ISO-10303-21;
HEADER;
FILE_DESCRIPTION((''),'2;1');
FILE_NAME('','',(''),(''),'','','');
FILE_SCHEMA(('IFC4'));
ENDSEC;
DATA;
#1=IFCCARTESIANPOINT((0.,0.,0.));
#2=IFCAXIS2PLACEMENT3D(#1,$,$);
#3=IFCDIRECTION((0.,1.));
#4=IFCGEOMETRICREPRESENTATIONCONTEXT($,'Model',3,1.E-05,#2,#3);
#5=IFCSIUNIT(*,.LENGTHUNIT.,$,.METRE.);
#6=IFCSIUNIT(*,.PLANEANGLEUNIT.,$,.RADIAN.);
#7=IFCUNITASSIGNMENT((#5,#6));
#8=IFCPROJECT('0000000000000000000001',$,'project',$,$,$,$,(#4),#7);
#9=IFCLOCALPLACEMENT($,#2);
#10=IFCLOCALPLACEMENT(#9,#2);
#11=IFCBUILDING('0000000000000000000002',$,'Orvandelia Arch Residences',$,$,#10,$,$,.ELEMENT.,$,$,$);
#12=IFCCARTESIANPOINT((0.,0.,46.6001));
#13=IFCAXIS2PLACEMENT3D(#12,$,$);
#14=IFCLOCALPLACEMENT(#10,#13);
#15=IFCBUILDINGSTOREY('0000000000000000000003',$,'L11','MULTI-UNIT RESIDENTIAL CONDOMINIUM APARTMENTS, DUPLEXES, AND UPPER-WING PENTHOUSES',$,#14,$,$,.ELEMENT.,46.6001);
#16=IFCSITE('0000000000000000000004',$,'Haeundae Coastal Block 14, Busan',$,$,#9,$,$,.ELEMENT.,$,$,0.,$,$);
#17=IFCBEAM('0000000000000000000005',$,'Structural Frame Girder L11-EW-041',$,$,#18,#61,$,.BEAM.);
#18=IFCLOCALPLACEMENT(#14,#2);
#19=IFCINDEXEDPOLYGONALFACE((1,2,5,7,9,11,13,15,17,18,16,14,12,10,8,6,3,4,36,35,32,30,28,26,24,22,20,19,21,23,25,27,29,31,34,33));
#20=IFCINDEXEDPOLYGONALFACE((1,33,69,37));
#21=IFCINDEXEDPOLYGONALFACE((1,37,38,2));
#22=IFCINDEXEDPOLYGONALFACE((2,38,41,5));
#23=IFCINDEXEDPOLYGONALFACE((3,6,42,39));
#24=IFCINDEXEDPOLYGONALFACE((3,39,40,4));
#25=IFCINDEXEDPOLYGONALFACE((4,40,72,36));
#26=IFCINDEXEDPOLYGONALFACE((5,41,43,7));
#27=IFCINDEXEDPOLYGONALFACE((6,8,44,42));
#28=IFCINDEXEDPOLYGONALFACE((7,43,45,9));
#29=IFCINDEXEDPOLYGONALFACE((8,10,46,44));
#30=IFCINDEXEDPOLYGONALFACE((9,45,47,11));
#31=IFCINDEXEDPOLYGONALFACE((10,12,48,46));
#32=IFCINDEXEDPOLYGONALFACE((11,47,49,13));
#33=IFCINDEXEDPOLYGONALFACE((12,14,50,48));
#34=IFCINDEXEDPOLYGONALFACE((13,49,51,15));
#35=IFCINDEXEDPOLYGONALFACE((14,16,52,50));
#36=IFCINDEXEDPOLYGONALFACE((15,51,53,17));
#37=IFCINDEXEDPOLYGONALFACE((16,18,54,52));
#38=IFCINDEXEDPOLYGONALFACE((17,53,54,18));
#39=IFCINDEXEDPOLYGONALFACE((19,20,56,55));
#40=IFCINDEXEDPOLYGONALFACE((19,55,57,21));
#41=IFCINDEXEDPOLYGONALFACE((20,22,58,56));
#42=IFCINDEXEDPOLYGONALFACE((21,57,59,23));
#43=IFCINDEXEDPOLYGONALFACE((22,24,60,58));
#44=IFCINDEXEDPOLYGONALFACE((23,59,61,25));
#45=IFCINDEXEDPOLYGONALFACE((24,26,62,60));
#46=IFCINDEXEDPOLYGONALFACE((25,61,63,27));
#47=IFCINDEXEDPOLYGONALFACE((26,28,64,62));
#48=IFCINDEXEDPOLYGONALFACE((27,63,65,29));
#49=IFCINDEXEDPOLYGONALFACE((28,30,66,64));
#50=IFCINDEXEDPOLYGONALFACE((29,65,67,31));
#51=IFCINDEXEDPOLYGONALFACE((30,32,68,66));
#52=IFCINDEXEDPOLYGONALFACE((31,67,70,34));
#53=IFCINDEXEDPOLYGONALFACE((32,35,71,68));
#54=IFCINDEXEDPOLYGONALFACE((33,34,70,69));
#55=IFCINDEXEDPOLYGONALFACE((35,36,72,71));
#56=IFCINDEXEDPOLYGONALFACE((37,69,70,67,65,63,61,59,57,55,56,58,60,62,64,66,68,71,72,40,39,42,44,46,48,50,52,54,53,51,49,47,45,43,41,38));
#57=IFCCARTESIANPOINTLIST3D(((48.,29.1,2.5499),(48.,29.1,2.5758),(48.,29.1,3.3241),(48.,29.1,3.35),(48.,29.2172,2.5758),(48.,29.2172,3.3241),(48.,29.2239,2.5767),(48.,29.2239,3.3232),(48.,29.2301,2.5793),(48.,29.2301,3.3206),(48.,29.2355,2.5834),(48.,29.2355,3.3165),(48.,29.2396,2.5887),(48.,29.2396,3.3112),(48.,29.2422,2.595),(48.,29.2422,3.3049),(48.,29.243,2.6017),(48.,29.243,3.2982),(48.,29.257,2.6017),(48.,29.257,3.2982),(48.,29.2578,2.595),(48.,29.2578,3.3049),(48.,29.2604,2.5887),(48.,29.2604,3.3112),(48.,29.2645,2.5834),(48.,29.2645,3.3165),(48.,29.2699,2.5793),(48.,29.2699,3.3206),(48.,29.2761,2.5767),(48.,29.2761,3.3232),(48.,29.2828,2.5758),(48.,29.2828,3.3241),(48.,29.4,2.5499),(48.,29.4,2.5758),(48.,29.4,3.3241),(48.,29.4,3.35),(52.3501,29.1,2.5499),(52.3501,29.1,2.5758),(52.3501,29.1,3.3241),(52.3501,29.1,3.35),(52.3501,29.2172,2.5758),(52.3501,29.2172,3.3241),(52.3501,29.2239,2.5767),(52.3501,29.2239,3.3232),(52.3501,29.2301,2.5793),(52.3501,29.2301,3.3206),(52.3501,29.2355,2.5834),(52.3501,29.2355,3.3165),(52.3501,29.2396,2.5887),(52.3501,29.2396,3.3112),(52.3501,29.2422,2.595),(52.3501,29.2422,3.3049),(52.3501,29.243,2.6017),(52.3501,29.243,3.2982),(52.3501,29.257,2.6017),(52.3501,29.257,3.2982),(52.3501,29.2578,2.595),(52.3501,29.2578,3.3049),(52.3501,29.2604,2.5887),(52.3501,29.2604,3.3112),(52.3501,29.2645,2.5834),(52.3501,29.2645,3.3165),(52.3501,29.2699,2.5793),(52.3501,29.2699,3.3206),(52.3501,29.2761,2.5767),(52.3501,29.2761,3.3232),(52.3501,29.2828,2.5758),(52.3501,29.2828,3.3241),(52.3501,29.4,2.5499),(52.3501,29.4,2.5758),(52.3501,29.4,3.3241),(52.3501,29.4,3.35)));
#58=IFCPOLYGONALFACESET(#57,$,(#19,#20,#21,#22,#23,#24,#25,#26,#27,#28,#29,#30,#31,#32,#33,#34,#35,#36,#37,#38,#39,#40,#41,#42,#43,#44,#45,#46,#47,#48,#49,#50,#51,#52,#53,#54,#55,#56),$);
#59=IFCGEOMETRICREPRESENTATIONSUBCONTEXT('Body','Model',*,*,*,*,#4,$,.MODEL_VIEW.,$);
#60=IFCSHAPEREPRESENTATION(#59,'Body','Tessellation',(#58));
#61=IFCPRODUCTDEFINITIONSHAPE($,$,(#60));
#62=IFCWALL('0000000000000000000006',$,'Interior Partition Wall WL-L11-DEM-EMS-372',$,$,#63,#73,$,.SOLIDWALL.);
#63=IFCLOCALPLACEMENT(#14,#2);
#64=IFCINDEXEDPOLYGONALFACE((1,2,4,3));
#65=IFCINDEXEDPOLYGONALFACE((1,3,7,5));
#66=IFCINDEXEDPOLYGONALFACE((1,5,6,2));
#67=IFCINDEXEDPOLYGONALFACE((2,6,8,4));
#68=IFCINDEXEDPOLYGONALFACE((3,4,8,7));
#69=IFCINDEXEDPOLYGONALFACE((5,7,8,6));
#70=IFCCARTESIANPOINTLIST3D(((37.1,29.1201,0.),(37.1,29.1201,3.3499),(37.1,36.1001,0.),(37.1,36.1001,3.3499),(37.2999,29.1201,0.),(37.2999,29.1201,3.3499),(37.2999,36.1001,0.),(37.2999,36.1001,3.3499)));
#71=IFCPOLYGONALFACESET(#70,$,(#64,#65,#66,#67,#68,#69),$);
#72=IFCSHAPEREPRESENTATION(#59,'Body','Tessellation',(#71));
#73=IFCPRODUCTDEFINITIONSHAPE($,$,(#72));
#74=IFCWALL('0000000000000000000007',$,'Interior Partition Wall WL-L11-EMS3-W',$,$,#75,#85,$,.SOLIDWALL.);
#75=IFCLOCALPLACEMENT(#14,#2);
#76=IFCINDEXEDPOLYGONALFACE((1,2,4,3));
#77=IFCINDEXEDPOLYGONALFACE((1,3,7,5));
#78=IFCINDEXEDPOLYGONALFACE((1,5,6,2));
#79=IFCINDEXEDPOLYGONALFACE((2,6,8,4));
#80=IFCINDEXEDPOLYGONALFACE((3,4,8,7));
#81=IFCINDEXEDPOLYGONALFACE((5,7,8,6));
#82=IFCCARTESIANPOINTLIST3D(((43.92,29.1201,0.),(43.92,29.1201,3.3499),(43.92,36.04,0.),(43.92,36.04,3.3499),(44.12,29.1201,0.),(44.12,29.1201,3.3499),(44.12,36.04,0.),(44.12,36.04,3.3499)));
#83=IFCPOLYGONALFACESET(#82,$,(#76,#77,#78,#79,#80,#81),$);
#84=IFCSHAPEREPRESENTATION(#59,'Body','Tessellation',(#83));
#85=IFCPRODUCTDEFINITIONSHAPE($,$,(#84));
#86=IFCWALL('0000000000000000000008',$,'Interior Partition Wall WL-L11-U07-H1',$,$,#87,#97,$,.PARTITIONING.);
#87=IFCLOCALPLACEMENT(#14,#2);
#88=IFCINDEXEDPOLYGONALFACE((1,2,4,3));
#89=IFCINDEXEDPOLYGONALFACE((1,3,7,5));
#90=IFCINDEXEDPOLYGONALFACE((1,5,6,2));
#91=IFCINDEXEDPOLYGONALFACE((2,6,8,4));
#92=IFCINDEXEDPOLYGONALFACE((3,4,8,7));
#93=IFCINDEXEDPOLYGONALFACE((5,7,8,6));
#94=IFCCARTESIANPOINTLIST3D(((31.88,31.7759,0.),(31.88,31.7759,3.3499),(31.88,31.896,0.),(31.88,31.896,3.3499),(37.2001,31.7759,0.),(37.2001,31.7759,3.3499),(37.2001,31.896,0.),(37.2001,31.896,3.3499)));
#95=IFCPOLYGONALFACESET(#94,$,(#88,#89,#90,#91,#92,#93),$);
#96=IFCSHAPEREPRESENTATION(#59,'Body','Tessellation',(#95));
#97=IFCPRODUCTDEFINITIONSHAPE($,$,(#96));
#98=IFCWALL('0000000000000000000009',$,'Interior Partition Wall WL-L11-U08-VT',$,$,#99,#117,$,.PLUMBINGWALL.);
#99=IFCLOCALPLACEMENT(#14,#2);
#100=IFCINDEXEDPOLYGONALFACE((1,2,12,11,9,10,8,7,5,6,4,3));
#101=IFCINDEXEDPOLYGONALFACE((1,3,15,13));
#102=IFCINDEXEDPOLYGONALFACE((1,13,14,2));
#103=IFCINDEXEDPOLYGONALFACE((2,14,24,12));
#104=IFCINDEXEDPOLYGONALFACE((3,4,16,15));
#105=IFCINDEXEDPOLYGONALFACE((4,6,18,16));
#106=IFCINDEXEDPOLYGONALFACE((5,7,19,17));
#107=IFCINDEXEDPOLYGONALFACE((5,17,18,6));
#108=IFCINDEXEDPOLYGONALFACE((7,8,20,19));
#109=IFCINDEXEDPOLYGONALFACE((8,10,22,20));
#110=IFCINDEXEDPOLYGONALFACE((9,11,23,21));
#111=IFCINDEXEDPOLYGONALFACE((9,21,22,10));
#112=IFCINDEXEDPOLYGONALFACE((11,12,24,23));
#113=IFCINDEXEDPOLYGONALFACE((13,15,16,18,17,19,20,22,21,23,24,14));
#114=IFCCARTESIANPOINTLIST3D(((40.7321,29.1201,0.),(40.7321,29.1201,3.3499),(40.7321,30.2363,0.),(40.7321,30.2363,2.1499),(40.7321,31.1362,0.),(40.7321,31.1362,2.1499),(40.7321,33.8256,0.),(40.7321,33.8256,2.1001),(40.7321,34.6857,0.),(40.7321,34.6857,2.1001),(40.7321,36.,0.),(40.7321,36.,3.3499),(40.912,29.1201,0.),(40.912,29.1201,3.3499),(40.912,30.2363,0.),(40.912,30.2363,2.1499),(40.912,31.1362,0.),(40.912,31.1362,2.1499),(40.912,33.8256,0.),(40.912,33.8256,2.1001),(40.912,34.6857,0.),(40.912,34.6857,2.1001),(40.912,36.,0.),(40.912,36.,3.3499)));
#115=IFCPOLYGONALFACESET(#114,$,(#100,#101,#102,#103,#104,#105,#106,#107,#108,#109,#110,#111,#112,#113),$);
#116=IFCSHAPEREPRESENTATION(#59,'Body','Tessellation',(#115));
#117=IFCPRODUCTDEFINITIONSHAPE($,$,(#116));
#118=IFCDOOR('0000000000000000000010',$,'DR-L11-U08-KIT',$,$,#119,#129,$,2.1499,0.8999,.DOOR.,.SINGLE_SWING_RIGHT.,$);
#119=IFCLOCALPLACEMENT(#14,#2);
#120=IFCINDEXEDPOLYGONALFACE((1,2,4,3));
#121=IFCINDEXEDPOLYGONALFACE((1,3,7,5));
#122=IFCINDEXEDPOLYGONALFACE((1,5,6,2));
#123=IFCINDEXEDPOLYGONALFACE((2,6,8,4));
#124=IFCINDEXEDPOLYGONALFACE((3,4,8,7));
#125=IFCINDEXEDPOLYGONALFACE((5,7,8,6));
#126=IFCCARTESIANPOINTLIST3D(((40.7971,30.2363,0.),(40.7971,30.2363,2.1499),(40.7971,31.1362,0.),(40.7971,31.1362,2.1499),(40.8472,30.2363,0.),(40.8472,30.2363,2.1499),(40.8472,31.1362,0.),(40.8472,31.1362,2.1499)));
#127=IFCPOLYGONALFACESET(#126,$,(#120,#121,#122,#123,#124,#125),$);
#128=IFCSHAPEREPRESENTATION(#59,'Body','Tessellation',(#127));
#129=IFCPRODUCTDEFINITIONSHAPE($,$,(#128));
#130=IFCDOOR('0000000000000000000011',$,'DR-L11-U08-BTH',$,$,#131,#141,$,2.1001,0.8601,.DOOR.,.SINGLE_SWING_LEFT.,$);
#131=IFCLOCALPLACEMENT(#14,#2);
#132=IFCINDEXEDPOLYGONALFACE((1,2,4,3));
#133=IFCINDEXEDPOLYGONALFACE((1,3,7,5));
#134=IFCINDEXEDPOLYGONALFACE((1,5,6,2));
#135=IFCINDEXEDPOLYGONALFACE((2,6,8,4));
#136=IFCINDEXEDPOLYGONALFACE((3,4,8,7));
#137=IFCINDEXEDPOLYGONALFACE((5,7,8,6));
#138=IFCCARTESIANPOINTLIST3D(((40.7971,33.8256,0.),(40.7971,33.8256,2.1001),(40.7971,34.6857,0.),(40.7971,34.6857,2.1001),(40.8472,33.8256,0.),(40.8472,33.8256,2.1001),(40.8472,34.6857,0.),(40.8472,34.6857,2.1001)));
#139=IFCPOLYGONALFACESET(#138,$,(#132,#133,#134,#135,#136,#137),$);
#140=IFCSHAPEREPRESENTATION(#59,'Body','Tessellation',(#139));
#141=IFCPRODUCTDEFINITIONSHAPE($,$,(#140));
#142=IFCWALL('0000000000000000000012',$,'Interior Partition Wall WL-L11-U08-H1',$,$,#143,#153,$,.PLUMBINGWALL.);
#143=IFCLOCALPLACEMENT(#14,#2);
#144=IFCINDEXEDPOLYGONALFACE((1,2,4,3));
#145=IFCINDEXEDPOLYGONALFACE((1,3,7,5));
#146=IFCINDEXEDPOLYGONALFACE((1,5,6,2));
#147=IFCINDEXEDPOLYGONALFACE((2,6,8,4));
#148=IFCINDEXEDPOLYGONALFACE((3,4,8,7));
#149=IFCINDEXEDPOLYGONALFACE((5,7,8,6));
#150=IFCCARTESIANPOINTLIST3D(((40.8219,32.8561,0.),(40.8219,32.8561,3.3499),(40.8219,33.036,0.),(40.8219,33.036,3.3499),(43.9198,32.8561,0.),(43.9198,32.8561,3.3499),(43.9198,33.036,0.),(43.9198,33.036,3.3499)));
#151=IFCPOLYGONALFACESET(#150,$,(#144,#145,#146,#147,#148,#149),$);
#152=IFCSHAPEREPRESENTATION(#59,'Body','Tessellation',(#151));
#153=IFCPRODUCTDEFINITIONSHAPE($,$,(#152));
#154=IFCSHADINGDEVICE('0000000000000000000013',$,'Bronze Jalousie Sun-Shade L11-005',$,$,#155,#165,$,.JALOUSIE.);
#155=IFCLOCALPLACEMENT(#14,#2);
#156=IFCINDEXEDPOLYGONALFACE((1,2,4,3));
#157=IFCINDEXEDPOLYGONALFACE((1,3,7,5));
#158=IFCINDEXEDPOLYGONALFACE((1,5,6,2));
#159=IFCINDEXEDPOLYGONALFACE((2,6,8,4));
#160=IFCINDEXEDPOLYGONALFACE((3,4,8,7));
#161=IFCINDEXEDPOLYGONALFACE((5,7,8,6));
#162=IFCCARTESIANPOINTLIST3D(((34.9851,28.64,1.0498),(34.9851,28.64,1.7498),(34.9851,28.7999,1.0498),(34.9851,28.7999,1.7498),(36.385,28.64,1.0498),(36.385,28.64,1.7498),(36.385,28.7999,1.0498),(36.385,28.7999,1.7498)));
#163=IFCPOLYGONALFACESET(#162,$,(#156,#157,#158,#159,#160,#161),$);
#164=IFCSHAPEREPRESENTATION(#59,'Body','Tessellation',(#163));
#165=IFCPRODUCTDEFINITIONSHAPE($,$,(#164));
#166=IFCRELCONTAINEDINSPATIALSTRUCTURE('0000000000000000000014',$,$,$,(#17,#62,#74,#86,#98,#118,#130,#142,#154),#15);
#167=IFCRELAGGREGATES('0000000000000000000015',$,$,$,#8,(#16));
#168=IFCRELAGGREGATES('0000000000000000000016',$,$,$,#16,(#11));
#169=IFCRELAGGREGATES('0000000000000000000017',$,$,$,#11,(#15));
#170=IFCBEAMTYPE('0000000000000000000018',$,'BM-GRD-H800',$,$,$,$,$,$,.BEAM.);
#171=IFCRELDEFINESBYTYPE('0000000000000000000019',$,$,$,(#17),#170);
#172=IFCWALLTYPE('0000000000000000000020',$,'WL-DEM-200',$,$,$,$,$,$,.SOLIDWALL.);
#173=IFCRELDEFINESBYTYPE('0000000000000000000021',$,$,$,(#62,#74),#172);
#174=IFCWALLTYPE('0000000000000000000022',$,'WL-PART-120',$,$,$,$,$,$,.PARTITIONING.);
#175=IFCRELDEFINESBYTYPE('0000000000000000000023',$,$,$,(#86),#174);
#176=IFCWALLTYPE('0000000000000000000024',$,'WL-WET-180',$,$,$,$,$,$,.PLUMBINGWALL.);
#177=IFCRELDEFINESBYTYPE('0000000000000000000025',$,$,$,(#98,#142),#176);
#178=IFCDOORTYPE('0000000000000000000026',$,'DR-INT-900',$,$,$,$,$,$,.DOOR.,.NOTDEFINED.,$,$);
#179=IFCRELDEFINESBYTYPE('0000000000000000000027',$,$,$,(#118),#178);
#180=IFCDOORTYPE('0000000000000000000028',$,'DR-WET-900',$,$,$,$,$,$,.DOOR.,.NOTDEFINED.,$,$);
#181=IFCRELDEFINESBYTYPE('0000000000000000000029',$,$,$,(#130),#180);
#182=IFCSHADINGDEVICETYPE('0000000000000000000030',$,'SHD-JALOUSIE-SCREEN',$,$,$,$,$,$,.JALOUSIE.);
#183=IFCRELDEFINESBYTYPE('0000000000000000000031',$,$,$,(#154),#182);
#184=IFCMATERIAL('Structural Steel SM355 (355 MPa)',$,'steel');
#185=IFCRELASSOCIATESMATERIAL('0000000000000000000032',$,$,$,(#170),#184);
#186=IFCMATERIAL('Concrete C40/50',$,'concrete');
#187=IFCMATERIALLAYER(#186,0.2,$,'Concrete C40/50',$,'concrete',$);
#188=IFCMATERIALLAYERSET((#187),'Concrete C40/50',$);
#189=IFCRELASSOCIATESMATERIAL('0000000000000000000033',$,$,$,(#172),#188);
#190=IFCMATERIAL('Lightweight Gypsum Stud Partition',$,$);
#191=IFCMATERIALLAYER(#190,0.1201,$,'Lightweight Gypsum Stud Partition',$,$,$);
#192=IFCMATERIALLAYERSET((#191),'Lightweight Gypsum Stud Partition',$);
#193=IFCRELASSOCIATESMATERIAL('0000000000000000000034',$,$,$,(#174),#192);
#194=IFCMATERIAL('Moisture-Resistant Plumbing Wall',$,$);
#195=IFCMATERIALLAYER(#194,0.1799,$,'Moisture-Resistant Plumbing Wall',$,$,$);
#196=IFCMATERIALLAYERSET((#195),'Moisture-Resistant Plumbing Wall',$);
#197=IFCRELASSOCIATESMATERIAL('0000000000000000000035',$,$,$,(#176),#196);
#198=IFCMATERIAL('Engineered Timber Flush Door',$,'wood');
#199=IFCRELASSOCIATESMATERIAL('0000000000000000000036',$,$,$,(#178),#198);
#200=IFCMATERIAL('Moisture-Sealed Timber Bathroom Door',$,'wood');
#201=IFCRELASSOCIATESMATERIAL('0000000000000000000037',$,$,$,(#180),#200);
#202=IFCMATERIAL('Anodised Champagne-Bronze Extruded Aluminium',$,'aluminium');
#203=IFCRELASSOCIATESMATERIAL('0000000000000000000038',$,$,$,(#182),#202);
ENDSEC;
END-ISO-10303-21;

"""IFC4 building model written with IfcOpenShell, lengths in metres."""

from ifc_helpers import new_model, si_unit, direction, frame, frame_2d, origin, origin_2d, place, context, subcontext, project, spatial, rectangle, i_section, extrude, material, layer, layer_set, material_profile, profile_set, type_object, element, fill, save


model = new_model("IFC4")

# Units and contexts
model_context = context("Model", 3, precision=1e-05, world=origin(), true_north=direction((0.0, 1.0)))
body_context = subcontext(model_context, "Body", "Model", "MODEL_VIEW")
ifc_project = project(units=[si_unit("LENGTHUNIT", "METRE"), si_unit("PLANEANGLEUNIT", "RADIAN")], contexts=[model_context])

# Site, building, storey
site_placement = place(None, origin())
site = spatial("IfcSite", under=ifc_project, at=site_placement, Name="Haeundae Coastal Block 14, Busan", CompositionType="ELEMENT", RefElevation=0.0)
building_placement = place(site_placement, origin())
building = spatial("IfcBuilding", under=site, at=building_placement, Name="Orvandelia Arch Residences", CompositionType="ELEMENT")
storey_placement = place(building_placement, frame((0.0, 0.0, 46.6001)))
storey = spatial("IfcBuildingStorey", under=building, at=storey_placement, Name="L11", Description="MULTI-UNIT RESIDENTIAL CONDOMINIUM APARTMENTS, DUPLEXES, AND UPPER-WING PENTHOUSES", CompositionType="ELEMENT", Elevation=46.6001)

# Beam
ifc_material_1 = material(Name="Structural Steel SM355 (355 MPa)", Category="steel")
ifc_material_profile_1 = material_profile(ifc_material_1, i_section(OverallWidth=0.3, OverallDepth=0.8, WebThickness=0.0139, FlangeThickness=0.0259, FilletRadius=0.0259, at=origin_2d()), Name="Structural Steel SM355 (355 MPa)", Category="steel")
ifc_profile_set_1 = profile_set([ifc_material_profile_1], Name="Structural Steel SM355 (355 MPa)")
beam_type = type_object("IfcBeamType", Name="BM-GRD-H800", PredefinedType="BEAM", material=ifc_profile_set_1)
beam_1_placement = place(storey_placement, frame((48.0, 29.25, 2.95), z_axis=(1.0, 0.0, 0.0), x_axis=(0.0, 1.0, 0.0)))
element("IfcBeam", 1, at=beam_1_placement, inside=storey, type_object=beam_type, Name="Structural Frame Girder L11-EW-041", PredefinedType="BEAM", context=body_context, shape_type="SweptSolid", body=[
    extrude(i_section(OverallWidth=0.3, OverallDepth=0.8, WebThickness=0.0139, FlangeThickness=0.0259, FilletRadius=0.0259, at=origin_2d()), origin(), (0.0, 0.0, 1.0), 4.3501),
])

# Walls
ifc_material_2 = material(Name="Concrete C40/50", Category="concrete")
ifc_layer_1 = layer(ifc_material_2, 0.2, Name="Concrete C40/50", Category="concrete")
ifc_layer_set_1 = layer_set([ifc_layer_1], Name="Concrete C40/50")
wall_type_1 = type_object("IfcWallType", Name="WL-DEM-200", PredefinedType="SOLIDWALL", material=ifc_layer_set_1)
wall_1_placement = place(storey_placement, frame((37.2, 29.1201, 0.0), z_axis=(0.0, 0.0, 1.0), x_axis=(0.0, 1.0, 0.0)))
element("IfcWall", 2, at=wall_1_placement, inside=storey, type_object=wall_type_1, Name="Interior Partition Wall WL-L11-DEM-EMS-372", PredefinedType="SOLIDWALL", context=body_context, shape_type="SweptSolid", body=[
    extrude(rectangle(XDim=6.98, YDim=0.2, at=frame_2d((3.49, 0.0))), origin(), (0.0, 0.0, 1.0), 3.3499),
])
wall_2_placement = place(storey_placement, frame((44.02, 29.1201, 0.0), z_axis=(0.0, 0.0, 1.0), x_axis=(0.0, 1.0, 0.0)))
element("IfcWall", 3, at=wall_2_placement, inside=storey, type_object=wall_type_1, Name="Interior Partition Wall WL-L11-EMS3-W", PredefinedType="SOLIDWALL", context=body_context, shape_type="SweptSolid", body=[
    extrude(rectangle(XDim=6.9199, YDim=0.2, at=frame_2d((3.46, 0.0))), origin(), (0.0, 0.0, 1.0), 3.3499),
])
ifc_material_3 = material(Name="Lightweight Gypsum Stud Partition")
ifc_layer_2 = layer(ifc_material_3, 0.1201, Name="Lightweight Gypsum Stud Partition")
ifc_layer_set_2 = layer_set([ifc_layer_2], Name="Lightweight Gypsum Stud Partition")
wall_type_2 = type_object("IfcWallType", Name="WL-PART-120", PredefinedType="PARTITIONING", material=ifc_layer_set_2)
wall_3_placement = place(storey_placement, frame((31.8799, 31.8359, 0.0), z_axis=(0.0, 0.0, 1.0), x_axis=(1.0, 0.0, 0.0)))
element("IfcWall", 4, at=wall_3_placement, inside=storey, type_object=wall_type_2, Name="Interior Partition Wall WL-L11-U07-H1", PredefinedType="PARTITIONING", context=body_context, shape_type="SweptSolid", body=[
    extrude(rectangle(XDim=5.3201, YDim=0.1201, at=frame_2d((2.6602, 0.0))), origin(), (0.0, 0.0, 1.0), 3.3499),
])

# Wall, openings, doors
ifc_material_4 = material(Name="Moisture-Resistant Plumbing Wall")
ifc_layer_3 = layer(ifc_material_4, 0.1799, Name="Moisture-Resistant Plumbing Wall")
ifc_layer_set_3 = layer_set([ifc_layer_3], Name="Moisture-Resistant Plumbing Wall")
wall_type_3 = type_object("IfcWallType", Name="WL-WET-180", PredefinedType="PLUMBINGWALL", material=ifc_layer_set_3)
wall_4_placement = place(storey_placement, frame((40.822, 29.1201, 0.0), z_axis=(0.0, 0.0, 1.0), x_axis=(0.0, 1.0, 0.0)))
wall_4 = element("IfcWall", 5, at=wall_4_placement, inside=storey, type_object=wall_type_3, Name="Interior Partition Wall WL-L11-U08-VT", PredefinedType="PLUMBINGWALL", context=body_context, shape_type="SweptSolid", body=[
    extrude(rectangle(XDim=6.8799, YDim=0.1799, at=frame_2d((3.4399, 0.0))), origin(), (0.0, 0.0, 1.0), 3.3499),
])
opening_1_placement = place(wall_4_placement, frame((1.1162, 0.0, 0.0)))
opening_1 = element("IfcOpeningElement", 6, at=opening_1_placement, cuts=wall_4, PredefinedType="OPENING", context=body_context, shape_type="SweptSolid", body=[
    extrude(rectangle(XDim=0.8999, YDim=2.1499, at=frame_2d((0.45, 1.075))), frame((0.0, 0.1001, 0.0), z_axis=(0.0, -1.0, 0.0), x_axis=(1.0, 0.0, 0.0)), (0.0, 0.0, 1.0), 0.2),
])
opening_2_placement = place(wall_4_placement, frame((4.7053, 0.0, 0.0)))
opening_2 = element("IfcOpeningElement", 7, at=opening_2_placement, cuts=wall_4, PredefinedType="OPENING", context=body_context, shape_type="SweptSolid", body=[
    extrude(rectangle(XDim=0.8601, YDim=2.1001, at=frame_2d((0.4302, 1.05))), frame((0.0, 0.1001, 0.0), z_axis=(0.0, -1.0, 0.0), x_axis=(1.0, 0.0, 0.0)), (0.0, 0.0, 1.0), 0.2),
])
ifc_material_5 = material(Name="Engineered Timber Flush Door", Category="wood")
door_type_1 = type_object("IfcDoorType", Name="DR-INT-900", OperationType="NOTDEFINED", PredefinedType="DOOR", material=ifc_material_5)
door_1_placement = place(opening_1_placement, origin())
door_1 = element("IfcDoor", 8, at=door_1_placement, inside=storey, type_object=door_type_1, Name="DR-L11-U08-KIT", OperationType="SINGLE_SWING_RIGHT", OverallHeight=2.1499, OverallWidth=0.8999, PredefinedType="DOOR", context=body_context, shape_type="SweptSolid", body=[
    extrude(rectangle(XDim=0.8999, YDim=2.1499, at=frame_2d((0.45, 1.075))), frame((0.0, 0.0249, 0.0), z_axis=(0.0, -1.0, 0.0), x_axis=(1.0, 0.0, 0.0)), (0.0, 0.0, 1.0), 0.05),
])
fill(opening_1, door_1)
ifc_material_6 = material(Name="Moisture-Sealed Timber Bathroom Door", Category="wood")
door_type_2 = type_object("IfcDoorType", Name="DR-WET-900", OperationType="NOTDEFINED", PredefinedType="DOOR", material=ifc_material_6)
door_2_placement = place(opening_2_placement, origin())
door_2 = element("IfcDoor", 9, at=door_2_placement, inside=storey, type_object=door_type_2, Name="DR-L11-U08-BTH", OperationType="SINGLE_SWING_LEFT", OverallHeight=2.1001, OverallWidth=0.8601, PredefinedType="DOOR", context=body_context, shape_type="SweptSolid", body=[
    extrude(rectangle(XDim=0.8601, YDim=2.1001, at=frame_2d((0.4302, 1.05))), frame((0.0, 0.0249, 0.0), z_axis=(0.0, -1.0, 0.0), x_axis=(1.0, 0.0, 0.0)), (0.0, 0.0, 1.0), 0.05),
])
fill(opening_2, door_2)

# Wall
wall_5_placement = place(storey_placement, frame((40.822, 32.946, 0.0), z_axis=(0.0, 0.0, 1.0), x_axis=(1.0, 0.0, 0.0)))
element("IfcWall", 10, at=wall_5_placement, inside=storey, type_object=wall_type_3, Name="Interior Partition Wall WL-L11-U08-H1", PredefinedType="PLUMBINGWALL", context=body_context, shape_type="SweptSolid", body=[
    extrude(rectangle(XDim=3.0979, YDim=0.1799, at=frame_2d((1.5488, 0.0))), origin(), (0.0, 0.0, 1.0), 3.3499),
])

# Shading device
ifc_material_7 = material(Name="Anodised Champagne-Bronze Extruded Aluminium", Category="aluminium")
shading_device_type = type_object("IfcShadingDeviceType", Name="SHD-JALOUSIE-SCREEN", PredefinedType="JALOUSIE", material=ifc_material_7)
shading_device_placement = place(storey_placement, frame((35.6851, 28.72, 1.0498), z_axis=(0.0, 0.0, 1.0), x_axis=(-1.0, 0.0, 0.0)))
element("IfcShadingDevice", 11, at=shading_device_placement, inside=storey, type_object=shading_device_type, Name="Bronze Jalousie Sun-Shade L11-005", PredefinedType="JALOUSIE", context=body_context, shape_type="SweptSolid", body=[
    extrude(rectangle(XDim=1.3999, YDim=0.1599, at=origin_2d()), origin(), (0.0, 0.0, 1.0), 0.7),
])

save(model, "model.ifc")
